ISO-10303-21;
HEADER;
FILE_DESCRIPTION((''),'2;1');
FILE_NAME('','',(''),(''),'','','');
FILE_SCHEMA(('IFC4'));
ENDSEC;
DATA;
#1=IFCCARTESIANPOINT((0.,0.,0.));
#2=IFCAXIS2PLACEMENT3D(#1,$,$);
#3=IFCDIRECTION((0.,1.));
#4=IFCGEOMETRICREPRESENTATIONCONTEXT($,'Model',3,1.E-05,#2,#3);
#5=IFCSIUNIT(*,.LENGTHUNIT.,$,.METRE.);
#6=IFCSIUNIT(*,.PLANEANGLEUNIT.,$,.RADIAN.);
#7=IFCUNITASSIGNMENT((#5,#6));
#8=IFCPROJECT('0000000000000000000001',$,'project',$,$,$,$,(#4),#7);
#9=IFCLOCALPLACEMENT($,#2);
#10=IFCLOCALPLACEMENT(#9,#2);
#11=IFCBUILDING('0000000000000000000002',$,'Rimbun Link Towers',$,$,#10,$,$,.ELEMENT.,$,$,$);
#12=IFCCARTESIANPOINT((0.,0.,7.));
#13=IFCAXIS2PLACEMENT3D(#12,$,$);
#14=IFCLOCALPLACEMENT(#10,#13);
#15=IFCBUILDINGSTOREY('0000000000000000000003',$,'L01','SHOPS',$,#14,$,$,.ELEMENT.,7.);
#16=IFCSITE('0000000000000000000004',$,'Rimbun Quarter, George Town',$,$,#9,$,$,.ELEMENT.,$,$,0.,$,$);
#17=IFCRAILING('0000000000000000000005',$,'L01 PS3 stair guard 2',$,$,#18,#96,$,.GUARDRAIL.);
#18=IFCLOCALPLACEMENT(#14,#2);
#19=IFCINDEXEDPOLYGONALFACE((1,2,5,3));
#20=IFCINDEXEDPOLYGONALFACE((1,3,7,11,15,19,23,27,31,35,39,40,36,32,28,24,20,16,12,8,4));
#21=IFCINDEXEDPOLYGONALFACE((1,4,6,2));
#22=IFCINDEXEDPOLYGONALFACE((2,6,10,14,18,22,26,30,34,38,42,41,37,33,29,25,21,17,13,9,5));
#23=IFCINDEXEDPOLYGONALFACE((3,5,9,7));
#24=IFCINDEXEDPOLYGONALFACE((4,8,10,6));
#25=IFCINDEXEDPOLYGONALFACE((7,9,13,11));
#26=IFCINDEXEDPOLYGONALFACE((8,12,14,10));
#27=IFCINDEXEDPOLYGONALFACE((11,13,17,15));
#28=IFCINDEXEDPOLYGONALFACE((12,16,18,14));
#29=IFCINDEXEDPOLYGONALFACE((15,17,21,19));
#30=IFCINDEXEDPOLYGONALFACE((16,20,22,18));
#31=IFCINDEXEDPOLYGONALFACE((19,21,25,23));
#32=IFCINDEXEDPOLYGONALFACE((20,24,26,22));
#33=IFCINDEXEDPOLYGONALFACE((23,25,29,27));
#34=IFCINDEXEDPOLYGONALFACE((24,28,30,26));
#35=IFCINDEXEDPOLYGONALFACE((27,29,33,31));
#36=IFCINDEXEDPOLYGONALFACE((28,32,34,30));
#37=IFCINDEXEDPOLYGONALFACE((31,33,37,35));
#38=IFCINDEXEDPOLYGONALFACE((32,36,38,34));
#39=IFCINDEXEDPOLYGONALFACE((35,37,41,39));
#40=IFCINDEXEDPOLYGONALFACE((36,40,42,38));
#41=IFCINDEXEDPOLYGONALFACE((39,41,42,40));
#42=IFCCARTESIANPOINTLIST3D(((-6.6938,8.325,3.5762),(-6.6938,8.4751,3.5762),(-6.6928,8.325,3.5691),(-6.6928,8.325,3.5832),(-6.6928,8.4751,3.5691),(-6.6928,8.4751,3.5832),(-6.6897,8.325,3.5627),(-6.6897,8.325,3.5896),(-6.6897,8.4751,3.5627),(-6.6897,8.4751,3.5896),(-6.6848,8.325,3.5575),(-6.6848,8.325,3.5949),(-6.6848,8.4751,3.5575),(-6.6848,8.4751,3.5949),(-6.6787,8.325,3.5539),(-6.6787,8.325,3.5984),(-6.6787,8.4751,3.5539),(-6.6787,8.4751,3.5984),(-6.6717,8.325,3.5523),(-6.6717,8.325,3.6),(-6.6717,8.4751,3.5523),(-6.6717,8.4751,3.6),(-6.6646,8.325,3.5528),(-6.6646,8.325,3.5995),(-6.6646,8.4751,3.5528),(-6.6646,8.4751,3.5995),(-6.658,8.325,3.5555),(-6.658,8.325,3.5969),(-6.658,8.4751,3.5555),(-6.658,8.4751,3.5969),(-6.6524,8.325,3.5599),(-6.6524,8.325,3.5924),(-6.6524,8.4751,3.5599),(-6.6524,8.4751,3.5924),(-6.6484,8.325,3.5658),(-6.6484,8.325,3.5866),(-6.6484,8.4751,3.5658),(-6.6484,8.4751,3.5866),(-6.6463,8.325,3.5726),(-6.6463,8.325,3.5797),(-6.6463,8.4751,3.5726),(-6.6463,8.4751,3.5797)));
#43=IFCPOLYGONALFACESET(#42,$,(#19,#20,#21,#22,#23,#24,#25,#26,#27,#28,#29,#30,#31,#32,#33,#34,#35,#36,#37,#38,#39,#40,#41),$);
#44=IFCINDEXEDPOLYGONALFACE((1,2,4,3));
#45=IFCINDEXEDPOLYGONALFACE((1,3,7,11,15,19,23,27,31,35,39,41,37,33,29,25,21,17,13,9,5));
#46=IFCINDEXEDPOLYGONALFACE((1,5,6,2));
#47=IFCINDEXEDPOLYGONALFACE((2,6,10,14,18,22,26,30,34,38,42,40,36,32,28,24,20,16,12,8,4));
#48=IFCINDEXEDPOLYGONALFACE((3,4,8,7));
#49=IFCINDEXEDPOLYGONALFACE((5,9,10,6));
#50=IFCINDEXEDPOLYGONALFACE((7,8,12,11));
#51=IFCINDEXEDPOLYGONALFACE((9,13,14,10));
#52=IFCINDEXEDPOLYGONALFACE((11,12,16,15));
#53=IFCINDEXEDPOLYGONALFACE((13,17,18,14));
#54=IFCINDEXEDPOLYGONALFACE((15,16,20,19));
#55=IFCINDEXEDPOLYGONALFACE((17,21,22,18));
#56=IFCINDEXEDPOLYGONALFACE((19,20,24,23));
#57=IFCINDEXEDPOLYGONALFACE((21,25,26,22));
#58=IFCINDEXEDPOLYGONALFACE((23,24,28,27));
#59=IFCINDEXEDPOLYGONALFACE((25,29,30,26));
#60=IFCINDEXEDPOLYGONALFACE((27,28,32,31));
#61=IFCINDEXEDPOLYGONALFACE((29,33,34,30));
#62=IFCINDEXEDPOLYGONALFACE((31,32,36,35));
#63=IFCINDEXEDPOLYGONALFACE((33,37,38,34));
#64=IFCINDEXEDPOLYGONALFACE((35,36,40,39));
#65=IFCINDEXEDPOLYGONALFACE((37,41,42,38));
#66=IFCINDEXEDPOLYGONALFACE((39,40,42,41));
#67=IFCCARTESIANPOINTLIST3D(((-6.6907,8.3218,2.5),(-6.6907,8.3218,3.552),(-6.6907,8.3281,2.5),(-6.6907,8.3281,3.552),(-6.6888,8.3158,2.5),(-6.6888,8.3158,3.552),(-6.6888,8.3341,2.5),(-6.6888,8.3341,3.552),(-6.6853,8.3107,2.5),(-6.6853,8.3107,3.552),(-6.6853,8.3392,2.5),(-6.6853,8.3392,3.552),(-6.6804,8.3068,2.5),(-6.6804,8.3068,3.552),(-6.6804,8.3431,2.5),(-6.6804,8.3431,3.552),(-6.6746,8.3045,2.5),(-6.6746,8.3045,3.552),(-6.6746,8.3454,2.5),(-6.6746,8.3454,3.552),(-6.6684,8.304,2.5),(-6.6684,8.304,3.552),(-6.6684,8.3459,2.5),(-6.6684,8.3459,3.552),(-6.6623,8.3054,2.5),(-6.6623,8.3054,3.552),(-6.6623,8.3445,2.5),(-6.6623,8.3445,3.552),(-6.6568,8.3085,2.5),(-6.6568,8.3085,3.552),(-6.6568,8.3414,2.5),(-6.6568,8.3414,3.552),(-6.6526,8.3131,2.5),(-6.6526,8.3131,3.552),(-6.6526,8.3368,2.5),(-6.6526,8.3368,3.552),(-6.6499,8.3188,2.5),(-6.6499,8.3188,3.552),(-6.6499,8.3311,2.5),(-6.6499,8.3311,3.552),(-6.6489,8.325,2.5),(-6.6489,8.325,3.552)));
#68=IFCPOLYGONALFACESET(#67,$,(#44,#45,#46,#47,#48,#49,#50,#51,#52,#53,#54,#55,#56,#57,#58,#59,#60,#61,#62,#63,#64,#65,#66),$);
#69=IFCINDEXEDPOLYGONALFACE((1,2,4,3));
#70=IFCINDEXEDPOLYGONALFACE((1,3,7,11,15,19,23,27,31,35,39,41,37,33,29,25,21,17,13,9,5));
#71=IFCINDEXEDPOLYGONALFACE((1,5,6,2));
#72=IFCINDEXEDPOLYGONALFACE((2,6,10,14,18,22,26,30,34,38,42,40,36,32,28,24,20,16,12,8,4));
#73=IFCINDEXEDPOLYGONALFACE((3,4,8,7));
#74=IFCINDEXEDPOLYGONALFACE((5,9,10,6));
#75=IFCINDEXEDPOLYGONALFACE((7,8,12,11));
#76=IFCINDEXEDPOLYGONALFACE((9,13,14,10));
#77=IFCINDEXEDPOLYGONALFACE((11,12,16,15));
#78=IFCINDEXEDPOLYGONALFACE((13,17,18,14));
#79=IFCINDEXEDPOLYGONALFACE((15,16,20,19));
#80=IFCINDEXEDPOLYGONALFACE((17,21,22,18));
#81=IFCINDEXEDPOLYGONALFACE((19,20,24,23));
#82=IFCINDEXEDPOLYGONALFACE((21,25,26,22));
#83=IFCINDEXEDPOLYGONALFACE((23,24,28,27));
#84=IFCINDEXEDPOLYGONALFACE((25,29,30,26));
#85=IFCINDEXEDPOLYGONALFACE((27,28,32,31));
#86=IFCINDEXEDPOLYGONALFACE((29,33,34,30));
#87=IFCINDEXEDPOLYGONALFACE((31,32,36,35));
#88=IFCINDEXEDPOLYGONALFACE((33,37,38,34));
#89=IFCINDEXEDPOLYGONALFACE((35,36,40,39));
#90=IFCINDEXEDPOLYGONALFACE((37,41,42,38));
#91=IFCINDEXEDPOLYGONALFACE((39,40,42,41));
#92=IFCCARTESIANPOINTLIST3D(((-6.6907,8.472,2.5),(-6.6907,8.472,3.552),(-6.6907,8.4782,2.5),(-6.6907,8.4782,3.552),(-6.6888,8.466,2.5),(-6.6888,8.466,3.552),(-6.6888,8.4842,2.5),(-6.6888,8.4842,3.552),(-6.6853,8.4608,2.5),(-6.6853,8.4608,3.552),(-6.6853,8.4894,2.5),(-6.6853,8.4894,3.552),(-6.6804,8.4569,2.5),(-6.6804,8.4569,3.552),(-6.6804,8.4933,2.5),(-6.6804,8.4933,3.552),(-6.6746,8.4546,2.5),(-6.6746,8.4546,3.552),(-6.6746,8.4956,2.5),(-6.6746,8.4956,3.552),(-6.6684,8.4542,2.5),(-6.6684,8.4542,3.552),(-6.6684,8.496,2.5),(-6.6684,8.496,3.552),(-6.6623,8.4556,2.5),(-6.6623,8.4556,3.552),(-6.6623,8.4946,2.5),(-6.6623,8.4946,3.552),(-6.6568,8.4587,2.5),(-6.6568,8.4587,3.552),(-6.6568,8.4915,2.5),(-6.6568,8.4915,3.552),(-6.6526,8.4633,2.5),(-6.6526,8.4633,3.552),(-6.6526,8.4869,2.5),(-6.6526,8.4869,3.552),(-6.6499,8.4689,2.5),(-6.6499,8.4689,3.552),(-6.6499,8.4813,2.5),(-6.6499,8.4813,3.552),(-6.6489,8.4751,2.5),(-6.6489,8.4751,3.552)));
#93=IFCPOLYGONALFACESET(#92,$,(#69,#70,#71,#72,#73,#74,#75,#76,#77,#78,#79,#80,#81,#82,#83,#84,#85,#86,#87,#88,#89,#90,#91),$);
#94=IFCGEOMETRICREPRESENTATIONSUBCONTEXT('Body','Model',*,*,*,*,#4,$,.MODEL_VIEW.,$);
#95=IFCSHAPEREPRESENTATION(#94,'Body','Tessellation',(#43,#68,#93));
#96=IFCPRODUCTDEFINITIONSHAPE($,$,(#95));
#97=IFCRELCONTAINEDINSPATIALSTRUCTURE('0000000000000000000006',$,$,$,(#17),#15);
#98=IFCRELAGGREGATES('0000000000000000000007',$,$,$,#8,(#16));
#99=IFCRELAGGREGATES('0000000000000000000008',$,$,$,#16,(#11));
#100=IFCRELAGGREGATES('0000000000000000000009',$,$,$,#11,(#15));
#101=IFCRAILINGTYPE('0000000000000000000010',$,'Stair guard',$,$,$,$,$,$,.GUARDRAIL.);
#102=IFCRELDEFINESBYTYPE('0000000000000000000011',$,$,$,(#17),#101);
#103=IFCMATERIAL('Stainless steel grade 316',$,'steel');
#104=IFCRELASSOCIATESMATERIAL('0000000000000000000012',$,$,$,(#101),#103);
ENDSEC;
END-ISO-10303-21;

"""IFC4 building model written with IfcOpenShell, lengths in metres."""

from ifc_helpers import new_model, si_unit, direction, frame, origin, origin_2d, place, context, subcontext, project, spatial, circle, extrude, material, type_object, element, save


model = new_model("IFC4")

# Units and contexts
model_context = context("Model", 3, precision=1e-05, world=origin(), true_north=direction((0.0, 1.0)))
body_context = subcontext(model_context, "Body", "Model", "MODEL_VIEW")
ifc_project = project(units=[si_unit("LENGTHUNIT", "METRE"), si_unit("PLANEANGLEUNIT", "RADIAN")], contexts=[model_context])

# Site, building, storey
site_placement = place(None, origin())
site = spatial("IfcSite", under=ifc_project, at=site_placement, Name="Rimbun Quarter, George Town", CompositionType="ELEMENT", RefElevation=0.0)
building_placement = place(site_placement, origin())
building = spatial("IfcBuilding", under=site, at=building_placement, Name="Rimbun Link Towers", CompositionType="ELEMENT")
storey_placement = place(building_placement, frame((0.0, 0.0, 7.0)))
storey = spatial("IfcBuildingStorey", under=building, at=storey_placement, Name="L01", Description="SHOPS", CompositionType="ELEMENT", Elevation=7.0)

# Railing
ifc_material_1 = material(Name="Stainless steel grade 316", Category="steel")
railing_type_1 = type_object("IfcRailingType", Name="Stair guard", PredefinedType="GUARDRAIL", material=ifc_material_1)
railing_1_placement = place(storey_placement, frame((-6.6699, 8.325, 2.5)))
element("IfcRailing", 1, at=railing_1_placement, inside=storey, type_object=railing_type_1, Name="L01 PS3 stair guard 2", PredefinedType="GUARDRAIL", context=body_context, shape_type="SweptSolid", body=[
    extrude(circle(Radius=0.0239, at=origin_2d()), frame((0.0, 0.0, 1.0762), z_axis=(0.0, 1.0, 0.0), x_axis=(-1.0, 0.0, 0.0)), (0.0, 0.0, 1.0), 0.1501),
    extrude(circle(Radius=0.021, at=origin_2d()), origin(), (0.0, 0.0, 1.0), 1.052),
    extrude(circle(Radius=0.021, at=origin_2d()), frame((0.0, 0.1501, 0.0)), (0.0, 0.0, 1.0), 1.052),
])

save(model, "model.ifc")
